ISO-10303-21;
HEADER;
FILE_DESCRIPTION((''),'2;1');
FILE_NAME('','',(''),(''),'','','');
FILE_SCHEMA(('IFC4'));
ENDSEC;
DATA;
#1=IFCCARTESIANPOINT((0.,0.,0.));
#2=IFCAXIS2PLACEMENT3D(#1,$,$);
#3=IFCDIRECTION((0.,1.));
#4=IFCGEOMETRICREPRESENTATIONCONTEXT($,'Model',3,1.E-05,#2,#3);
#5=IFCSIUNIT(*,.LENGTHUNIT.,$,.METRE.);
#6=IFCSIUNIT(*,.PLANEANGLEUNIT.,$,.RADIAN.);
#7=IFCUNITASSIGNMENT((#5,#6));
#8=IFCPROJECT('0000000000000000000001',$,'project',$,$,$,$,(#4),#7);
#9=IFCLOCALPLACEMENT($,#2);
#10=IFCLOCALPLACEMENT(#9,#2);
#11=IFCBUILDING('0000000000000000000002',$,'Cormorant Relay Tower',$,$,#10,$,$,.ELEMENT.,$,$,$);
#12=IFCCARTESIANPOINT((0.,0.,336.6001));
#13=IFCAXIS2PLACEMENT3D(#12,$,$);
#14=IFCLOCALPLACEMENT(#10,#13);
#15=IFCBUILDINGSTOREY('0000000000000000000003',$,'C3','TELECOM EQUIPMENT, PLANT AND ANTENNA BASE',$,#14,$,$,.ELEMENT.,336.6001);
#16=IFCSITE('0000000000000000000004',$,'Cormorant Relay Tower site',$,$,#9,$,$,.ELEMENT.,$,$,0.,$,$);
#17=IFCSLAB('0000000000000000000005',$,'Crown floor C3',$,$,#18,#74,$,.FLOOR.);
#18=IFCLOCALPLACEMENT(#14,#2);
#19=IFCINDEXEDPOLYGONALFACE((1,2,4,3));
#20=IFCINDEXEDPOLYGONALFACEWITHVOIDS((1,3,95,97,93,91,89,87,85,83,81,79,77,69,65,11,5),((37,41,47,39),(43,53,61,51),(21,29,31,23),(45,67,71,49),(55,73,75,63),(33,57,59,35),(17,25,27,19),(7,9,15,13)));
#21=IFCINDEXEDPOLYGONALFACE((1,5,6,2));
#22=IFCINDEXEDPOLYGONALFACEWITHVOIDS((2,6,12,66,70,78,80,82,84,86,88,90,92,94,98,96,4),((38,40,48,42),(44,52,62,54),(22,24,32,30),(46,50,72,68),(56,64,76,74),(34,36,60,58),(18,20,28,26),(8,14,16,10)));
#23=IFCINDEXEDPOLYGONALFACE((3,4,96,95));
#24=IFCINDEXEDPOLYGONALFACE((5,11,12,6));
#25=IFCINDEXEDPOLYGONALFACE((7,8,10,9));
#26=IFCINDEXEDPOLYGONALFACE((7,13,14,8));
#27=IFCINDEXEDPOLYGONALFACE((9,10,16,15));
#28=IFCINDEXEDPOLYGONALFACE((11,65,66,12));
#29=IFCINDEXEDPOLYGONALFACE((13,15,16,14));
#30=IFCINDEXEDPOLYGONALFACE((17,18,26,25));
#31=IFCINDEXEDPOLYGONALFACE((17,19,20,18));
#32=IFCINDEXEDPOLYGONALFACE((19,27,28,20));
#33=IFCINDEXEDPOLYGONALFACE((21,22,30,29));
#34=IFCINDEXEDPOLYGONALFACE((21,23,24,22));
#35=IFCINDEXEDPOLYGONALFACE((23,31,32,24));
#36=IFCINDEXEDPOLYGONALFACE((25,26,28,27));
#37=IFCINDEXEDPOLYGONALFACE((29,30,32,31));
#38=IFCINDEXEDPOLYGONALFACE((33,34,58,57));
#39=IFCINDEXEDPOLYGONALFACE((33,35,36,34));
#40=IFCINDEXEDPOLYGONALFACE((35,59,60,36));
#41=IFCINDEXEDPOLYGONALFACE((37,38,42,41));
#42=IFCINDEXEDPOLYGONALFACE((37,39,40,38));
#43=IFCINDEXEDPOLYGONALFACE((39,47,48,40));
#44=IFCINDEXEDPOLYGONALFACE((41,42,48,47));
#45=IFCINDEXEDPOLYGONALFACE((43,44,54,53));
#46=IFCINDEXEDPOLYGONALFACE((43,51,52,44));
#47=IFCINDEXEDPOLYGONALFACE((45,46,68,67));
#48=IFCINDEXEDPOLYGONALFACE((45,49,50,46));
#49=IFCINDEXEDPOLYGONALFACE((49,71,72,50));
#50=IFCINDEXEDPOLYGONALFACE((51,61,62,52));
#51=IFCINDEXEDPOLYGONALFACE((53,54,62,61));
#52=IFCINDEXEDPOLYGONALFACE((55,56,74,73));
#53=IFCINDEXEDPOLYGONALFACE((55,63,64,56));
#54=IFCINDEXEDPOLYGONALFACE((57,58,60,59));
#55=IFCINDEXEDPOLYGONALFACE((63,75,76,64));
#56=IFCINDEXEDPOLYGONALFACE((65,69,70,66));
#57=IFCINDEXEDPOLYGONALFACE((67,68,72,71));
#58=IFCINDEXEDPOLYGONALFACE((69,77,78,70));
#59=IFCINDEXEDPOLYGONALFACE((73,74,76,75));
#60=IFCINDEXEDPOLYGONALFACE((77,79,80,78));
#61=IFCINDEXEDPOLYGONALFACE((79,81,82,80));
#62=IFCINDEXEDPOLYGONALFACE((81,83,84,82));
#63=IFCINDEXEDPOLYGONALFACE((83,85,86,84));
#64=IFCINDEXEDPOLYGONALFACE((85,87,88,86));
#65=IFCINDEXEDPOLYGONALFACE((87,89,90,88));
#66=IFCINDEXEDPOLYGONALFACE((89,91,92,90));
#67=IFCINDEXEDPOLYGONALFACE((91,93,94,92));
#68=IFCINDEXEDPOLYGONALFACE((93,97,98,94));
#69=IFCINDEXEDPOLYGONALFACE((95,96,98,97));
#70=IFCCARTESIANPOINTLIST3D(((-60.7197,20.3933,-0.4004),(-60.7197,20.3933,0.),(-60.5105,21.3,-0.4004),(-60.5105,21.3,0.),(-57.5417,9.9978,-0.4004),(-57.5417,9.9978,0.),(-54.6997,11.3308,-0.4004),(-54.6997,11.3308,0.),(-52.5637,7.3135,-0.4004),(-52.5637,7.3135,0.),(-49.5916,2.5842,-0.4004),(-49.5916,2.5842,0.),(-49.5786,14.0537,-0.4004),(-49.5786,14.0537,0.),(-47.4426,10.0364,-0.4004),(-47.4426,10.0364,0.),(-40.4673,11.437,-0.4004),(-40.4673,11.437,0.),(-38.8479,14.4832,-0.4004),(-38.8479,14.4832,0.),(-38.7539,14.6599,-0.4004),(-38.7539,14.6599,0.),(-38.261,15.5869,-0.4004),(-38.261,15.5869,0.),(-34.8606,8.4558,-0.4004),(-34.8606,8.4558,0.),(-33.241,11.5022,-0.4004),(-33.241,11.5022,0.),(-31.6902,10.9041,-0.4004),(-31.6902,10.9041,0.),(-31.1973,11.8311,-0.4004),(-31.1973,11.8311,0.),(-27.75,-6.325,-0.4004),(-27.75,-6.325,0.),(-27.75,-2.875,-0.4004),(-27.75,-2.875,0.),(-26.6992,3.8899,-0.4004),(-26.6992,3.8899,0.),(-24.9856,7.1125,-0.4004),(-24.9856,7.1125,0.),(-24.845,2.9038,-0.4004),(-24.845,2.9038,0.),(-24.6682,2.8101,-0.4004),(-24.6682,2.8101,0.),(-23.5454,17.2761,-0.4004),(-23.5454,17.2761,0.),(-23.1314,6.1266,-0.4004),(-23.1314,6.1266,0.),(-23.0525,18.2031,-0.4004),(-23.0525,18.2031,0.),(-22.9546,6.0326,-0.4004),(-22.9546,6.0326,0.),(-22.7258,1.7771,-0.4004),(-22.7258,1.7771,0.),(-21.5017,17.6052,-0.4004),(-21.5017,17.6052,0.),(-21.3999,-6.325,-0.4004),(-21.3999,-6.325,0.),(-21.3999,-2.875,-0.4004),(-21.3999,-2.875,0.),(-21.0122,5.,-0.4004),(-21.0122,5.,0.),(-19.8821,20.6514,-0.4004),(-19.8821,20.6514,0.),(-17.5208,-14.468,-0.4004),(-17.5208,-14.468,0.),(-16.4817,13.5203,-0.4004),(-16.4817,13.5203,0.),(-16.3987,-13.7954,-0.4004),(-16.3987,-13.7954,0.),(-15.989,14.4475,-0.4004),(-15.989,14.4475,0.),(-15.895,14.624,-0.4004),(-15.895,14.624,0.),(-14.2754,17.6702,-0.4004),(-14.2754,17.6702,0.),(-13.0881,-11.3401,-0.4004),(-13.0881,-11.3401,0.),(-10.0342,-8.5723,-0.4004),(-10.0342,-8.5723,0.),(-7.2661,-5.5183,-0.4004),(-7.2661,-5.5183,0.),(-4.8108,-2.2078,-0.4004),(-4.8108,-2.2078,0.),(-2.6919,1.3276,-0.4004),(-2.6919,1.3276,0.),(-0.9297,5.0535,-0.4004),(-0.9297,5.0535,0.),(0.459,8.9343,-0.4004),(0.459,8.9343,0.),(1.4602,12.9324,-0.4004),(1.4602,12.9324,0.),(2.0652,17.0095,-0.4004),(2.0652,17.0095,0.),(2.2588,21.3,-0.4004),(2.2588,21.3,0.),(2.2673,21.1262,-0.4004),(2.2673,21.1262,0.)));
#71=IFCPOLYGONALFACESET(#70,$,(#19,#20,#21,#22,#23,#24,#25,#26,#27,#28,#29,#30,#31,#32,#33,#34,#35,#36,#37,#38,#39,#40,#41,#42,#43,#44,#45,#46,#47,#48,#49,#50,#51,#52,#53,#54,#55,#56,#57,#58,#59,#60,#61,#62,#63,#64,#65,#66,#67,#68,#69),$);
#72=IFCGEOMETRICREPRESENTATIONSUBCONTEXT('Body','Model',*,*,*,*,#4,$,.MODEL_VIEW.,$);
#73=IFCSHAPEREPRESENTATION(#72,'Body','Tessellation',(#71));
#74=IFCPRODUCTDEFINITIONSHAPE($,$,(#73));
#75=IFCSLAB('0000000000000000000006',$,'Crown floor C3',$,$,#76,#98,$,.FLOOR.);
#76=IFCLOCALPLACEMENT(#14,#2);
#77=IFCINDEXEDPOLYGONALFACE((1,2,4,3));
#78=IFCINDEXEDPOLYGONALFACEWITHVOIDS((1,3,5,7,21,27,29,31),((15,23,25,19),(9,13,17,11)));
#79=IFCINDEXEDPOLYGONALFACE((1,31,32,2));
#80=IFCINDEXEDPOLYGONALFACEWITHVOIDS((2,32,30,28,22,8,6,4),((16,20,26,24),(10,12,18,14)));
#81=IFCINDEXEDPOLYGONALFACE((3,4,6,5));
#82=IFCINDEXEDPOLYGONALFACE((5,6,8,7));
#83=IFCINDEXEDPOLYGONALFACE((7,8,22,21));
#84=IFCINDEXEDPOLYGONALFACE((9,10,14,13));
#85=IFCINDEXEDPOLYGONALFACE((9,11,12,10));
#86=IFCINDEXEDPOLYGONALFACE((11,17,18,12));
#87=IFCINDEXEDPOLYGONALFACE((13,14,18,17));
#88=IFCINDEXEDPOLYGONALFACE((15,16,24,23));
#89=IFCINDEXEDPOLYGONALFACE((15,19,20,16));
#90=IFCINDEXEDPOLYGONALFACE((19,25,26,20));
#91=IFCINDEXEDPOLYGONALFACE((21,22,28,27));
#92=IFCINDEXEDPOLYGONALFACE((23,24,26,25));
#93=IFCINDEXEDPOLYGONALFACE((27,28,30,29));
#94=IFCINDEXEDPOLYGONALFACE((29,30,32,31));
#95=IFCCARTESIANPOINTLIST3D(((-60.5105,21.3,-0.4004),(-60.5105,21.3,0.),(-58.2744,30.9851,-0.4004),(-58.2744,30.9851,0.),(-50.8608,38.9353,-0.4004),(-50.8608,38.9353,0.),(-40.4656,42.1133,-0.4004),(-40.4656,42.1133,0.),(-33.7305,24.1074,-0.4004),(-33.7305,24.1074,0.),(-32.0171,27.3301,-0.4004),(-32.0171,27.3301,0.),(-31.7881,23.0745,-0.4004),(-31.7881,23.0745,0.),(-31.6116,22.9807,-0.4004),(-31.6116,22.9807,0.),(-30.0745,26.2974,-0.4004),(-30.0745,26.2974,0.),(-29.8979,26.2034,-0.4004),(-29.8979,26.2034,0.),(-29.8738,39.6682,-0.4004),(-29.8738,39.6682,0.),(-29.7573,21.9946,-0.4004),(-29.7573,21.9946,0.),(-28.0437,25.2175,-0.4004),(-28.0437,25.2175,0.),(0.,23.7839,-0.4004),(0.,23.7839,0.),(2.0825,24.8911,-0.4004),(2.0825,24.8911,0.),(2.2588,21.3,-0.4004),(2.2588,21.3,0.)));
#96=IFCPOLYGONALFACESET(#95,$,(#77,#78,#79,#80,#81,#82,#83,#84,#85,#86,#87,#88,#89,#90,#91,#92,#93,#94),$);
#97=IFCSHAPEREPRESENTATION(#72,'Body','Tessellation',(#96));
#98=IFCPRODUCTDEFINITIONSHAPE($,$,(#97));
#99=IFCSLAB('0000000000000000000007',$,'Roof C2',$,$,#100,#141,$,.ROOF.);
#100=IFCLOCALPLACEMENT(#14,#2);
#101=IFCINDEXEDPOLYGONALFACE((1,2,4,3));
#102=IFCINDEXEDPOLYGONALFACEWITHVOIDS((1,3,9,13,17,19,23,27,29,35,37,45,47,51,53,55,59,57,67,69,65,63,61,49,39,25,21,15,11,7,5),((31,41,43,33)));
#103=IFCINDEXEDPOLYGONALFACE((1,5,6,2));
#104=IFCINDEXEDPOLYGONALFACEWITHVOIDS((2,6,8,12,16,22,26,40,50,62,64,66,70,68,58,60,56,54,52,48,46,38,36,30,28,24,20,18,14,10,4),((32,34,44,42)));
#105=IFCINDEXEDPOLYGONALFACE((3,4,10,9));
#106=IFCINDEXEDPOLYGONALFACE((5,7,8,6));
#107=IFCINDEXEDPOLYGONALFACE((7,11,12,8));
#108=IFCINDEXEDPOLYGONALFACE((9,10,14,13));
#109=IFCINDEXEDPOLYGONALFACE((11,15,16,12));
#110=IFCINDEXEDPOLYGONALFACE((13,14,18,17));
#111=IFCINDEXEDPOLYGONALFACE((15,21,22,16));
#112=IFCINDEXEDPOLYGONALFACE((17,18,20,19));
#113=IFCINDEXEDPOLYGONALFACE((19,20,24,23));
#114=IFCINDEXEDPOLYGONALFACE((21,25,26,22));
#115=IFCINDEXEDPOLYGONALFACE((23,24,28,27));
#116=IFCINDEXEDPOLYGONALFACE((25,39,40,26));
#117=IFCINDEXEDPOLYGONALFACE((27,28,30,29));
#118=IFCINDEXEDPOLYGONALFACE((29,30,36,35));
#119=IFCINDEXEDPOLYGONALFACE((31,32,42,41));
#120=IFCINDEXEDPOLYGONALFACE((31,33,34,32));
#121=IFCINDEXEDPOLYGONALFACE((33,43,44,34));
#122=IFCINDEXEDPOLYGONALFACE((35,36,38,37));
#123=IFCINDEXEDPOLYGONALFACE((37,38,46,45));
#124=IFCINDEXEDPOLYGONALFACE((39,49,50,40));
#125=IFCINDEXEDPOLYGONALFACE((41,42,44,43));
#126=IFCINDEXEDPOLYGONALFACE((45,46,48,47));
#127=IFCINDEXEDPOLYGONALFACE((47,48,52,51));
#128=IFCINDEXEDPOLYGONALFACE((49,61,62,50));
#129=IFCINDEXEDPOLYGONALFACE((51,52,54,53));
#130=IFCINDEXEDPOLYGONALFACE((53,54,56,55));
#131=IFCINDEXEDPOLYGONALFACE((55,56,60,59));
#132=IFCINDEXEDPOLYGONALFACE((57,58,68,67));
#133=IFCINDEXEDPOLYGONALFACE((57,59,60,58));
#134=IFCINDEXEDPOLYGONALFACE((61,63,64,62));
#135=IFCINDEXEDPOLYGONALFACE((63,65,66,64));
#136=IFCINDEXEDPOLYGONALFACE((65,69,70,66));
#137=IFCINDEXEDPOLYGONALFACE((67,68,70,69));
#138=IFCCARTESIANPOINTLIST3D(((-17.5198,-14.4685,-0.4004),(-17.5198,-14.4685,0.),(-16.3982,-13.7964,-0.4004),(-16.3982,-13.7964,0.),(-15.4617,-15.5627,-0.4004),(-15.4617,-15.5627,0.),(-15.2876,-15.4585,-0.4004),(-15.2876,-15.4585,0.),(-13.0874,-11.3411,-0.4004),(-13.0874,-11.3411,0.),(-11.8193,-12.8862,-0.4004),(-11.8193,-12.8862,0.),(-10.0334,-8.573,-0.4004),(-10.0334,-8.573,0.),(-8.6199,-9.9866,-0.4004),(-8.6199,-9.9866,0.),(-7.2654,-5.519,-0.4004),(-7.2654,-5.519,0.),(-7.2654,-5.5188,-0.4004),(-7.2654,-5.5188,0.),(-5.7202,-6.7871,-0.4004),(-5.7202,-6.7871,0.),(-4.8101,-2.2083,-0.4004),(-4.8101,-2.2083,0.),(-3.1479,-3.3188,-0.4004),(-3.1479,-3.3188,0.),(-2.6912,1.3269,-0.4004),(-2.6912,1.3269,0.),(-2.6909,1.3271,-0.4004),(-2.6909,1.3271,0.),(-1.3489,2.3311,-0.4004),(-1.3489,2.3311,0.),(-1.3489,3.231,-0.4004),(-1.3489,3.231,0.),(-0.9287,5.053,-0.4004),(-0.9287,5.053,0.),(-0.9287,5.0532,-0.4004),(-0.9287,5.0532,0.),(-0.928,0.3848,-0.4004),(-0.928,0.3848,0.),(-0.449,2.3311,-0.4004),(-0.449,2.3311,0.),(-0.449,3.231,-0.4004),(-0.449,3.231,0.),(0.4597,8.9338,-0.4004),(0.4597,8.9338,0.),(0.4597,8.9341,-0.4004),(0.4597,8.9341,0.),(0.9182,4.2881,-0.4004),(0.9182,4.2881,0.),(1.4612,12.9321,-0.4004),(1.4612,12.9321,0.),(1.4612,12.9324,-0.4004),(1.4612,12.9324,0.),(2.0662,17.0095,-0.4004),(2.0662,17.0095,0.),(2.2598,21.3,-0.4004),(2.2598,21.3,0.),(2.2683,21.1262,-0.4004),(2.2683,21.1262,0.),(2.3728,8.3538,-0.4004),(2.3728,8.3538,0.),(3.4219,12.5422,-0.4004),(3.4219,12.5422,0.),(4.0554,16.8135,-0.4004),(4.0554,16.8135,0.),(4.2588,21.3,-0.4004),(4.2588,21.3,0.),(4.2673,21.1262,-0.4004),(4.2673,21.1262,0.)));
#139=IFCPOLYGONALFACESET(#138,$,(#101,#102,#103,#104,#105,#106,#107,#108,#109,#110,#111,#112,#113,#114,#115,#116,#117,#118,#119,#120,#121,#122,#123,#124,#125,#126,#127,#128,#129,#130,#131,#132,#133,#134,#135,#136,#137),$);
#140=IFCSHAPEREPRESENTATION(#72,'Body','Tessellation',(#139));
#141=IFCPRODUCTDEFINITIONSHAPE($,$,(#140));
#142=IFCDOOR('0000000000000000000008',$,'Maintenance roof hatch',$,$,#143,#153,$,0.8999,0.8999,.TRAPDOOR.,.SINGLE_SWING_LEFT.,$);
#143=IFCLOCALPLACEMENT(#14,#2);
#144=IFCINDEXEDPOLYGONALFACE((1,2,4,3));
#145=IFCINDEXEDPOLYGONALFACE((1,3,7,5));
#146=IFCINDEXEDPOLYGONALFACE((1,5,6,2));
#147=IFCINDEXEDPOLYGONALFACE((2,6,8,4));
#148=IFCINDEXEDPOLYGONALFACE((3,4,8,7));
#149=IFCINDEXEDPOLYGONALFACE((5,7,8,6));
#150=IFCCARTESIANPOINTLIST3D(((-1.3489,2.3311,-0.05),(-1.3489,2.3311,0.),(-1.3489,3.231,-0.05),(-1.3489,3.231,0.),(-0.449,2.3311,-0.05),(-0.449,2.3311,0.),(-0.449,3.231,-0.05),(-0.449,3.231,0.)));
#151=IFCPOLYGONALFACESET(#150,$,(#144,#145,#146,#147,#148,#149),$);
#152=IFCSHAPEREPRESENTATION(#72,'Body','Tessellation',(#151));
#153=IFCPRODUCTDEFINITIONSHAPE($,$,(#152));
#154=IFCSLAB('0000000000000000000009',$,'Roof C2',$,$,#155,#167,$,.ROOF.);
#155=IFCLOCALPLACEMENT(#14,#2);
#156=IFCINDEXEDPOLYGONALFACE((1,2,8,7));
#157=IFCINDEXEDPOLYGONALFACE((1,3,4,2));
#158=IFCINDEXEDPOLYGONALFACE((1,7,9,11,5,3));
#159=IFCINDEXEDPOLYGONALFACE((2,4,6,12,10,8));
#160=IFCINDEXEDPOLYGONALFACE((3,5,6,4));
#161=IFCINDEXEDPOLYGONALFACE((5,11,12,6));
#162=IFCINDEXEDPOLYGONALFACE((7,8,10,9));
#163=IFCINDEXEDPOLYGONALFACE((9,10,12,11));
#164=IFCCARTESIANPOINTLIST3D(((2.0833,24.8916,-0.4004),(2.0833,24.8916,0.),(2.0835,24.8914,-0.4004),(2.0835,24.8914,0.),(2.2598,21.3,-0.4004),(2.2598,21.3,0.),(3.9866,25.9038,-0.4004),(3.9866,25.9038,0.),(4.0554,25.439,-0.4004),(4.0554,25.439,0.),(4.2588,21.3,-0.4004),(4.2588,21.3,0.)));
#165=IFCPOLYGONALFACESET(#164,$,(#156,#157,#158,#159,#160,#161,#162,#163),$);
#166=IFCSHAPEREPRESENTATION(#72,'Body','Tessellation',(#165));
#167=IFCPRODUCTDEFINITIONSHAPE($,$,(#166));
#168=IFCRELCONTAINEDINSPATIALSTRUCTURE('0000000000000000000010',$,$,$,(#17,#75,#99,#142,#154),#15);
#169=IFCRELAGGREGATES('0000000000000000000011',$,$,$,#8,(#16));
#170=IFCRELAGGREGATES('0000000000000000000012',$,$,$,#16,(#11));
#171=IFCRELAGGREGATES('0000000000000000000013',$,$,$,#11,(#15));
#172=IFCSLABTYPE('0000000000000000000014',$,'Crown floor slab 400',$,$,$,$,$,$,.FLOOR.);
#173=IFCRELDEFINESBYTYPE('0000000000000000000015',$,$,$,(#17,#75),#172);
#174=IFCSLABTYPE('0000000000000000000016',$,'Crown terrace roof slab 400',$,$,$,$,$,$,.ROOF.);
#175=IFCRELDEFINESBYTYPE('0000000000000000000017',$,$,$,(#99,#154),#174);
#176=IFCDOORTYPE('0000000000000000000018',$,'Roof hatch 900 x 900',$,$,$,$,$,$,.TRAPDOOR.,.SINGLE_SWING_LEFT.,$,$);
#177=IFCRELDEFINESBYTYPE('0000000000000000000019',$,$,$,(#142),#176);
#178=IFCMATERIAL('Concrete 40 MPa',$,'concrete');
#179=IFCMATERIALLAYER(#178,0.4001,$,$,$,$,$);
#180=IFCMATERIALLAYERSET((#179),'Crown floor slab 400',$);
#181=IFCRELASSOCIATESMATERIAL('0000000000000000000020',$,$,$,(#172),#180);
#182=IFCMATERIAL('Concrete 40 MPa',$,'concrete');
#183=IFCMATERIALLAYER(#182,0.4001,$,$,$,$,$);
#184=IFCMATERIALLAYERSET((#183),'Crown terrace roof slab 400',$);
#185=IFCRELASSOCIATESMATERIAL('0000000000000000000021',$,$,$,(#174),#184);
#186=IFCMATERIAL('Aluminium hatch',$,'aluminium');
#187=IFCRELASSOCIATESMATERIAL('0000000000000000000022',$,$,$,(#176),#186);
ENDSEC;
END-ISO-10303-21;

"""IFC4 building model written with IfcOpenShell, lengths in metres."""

from ifc_helpers import new_model, si_unit, direction, frame, origin, origin_2d, place, context, subcontext, project, spatial, polyline, rectangle, outline, extrude, material, layer, layer_set, type_object, element, fill, save


model = new_model("IFC4")

# Units and contexts
model_context = context("Model", 3, precision=1e-05, world=origin(), true_north=direction((0.0, 1.0)))
body_context = subcontext(model_context, "Body", "Model", "MODEL_VIEW")
ifc_project = project(units=[si_unit("LENGTHUNIT", "METRE"), si_unit("PLANEANGLEUNIT", "RADIAN")], contexts=[model_context])

# Site, building, storey
site_placement = place(None, origin())
site = spatial("IfcSite", under=ifc_project, at=site_placement, Name="Cormorant Relay Tower site", CompositionType="ELEMENT", RefElevation=0.0)
building_placement = place(site_placement, origin())
building = spatial("IfcBuilding", under=site, at=building_placement, Name="Cormorant Relay Tower", CompositionType="ELEMENT")
storey_placement = place(building_placement, frame((0.0, 0.0, 336.6001)))
storey = spatial("IfcBuildingStorey", under=building, at=storey_placement, Name="C3", Description="TELECOM EQUIPMENT, PLANT AND ANTENNA BASE", CompositionType="ELEMENT", Elevation=336.6001)

# Slabs
ifc_material_1 = material(Name="Concrete 40 MPa", Category="concrete")
ifc_layer_1 = layer(ifc_material_1, 0.4001)
ifc_layer_set_1 = layer_set([ifc_layer_1], Name="Crown floor slab 400")
slab_type_1 = type_object("IfcSlabType", Name="Crown floor slab 400", PredefinedType="FLOOR", material=ifc_layer_set_1)
slab_1_placement = place(storey_placement, frame((0.0, 0.0, -0.4004)))
element("IfcSlab", 1, at=slab_1_placement, inside=storey, type_object=slab_type_1, Name="Crown floor C3", PredefinedType="FLOOR", context=body_context, shape_type="SweptSolid", body=[
    extrude(outline(polyline([(-17.5208, -14.468), (-16.3987, -13.7954), (-13.0881, -11.3401), (-10.0342, -8.5723), (-7.2661, -5.5183), (-4.8108, -2.2078), (-2.6919, 1.3276), (-0.9297, 5.0535), (0.459, 8.9343), (1.4602, 12.9324), (2.0652, 17.0095), (2.2673, 21.1262), (2.2588, 21.3), (-60.5105, 21.3), (-60.7197, 20.3933), (-57.5417, 9.9978), (-49.5916, 2.5842), (-17.5208, -14.468)]), holes=[polyline([(-21.3999, -2.875), (-27.75, -2.875), (-27.75, -6.325), (-21.3999, -6.325), (-21.3999, -2.875)]), polyline([(-22.9546, 6.0327), (-24.6682, 2.8101), (-22.7258, 1.7771), (-21.0122, 5.0), (-23.043, 6.0796), (-22.9546, 6.0327)]), polyline([(-24.9856, 7.1125), (-26.6992, 3.8899), (-24.845, 2.9038), (-23.1313, 6.1267), (-23.043, 6.0796), (-24.9856, 7.1125)]), polyline([(-54.6997, 11.3308), (-52.5637, 7.3135), (-47.4426, 10.0364), (-49.5786, 14.0537), (-54.6997, 11.3308)]), polyline([(-38.8479, 14.4832), (-40.4673, 11.437), (-34.8606, 8.4558), (-33.241, 11.5022), (-38.8479, 14.4832)]), polyline([(-31.6902, 10.9041), (-31.1973, 11.8311), (-38.261, 15.5869), (-38.7539, 14.6599), (-31.6902, 10.9041)]), polyline([(-23.0525, 18.2031), (-23.5454, 17.2761), (-16.4817, 13.5203), (-15.989, 14.4475), (-23.0525, 18.2031)]), polyline([(-14.2754, 17.6702), (-19.8821, 20.6514), (-21.5017, 17.6052), (-15.895, 14.624), (-14.2754, 17.6702)])]), origin(), (0.0, 0.0, 1.0), 0.4004),
])
slab_2_placement = place(storey_placement, frame((0.0, 0.0, -0.4004)))
element("IfcSlab", 2, at=slab_2_placement, inside=storey, type_object=slab_type_1, Name="Crown floor C3", PredefinedType="FLOOR", context=body_context, shape_type="SweptSolid", body=[
    extrude(outline(polyline([(-60.5105, 21.3), (2.2588, 21.3), (2.0825, 24.8911), (0.0, 23.7839), (-29.8738, 39.6682), (-40.4656, 42.1133), (-50.8608, 38.9353), (-58.2744, 30.9851), (-60.5105, 21.3)]), holes=[polyline([(-29.7573, 21.9946), (-28.0437, 25.2175), (-29.8979, 26.2034), (-31.6116, 22.9807), (-29.7573, 21.9946)]), polyline([(-33.7305, 24.1074), (-31.7881, 23.0745), (-30.0745, 26.2974), (-32.0171, 27.3301), (-33.7305, 24.1074)])]), origin(), (0.0, 0.0, 1.0), 0.4004),
])

# Slab, opening, door
ifc_material_2 = material(Name="Concrete 40 MPa", Category="concrete")
ifc_layer_2 = layer(ifc_material_2, 0.4001)
ifc_layer_set_2 = layer_set([ifc_layer_2], Name="Crown terrace roof slab 400")
slab_type_2 = type_object("IfcSlabType", Name="Crown terrace roof slab 400", PredefinedType="ROOF", material=ifc_layer_set_2)
slab_3_placement = place(storey_placement, frame((0.0, 0.0, -0.4004)))
slab_3 = element("IfcSlab", 3, at=slab_3_placement, inside=storey, type_object=slab_type_2, Name="Roof C2", PredefinedType="ROOF", context=body_context, shape_type="SweptSolid", body=[
    extrude(outline(polyline([(-15.4617, -15.5627), (-15.2876, -15.4585), (-11.8193, -12.8862), (-8.6199, -9.9866), (-5.7202, -6.7871), (-3.1479, -3.3188), (-0.928, 0.3848), (0.9182, 4.2881), (2.3728, 8.3538), (3.4219, 12.5422), (4.0554, 16.8135), (4.2673, 21.1262), (4.2588, 21.3), (2.2598, 21.3), (2.2683, 21.1262), (2.2683, 21.1262), (2.0662, 17.0095), (2.0662, 17.0095), (1.4612, 12.9324), (1.4612, 12.9321), (0.4597, 8.9341), (0.4597, 8.9338), (-0.9287, 5.0532), (-0.9287, 5.053), (-2.6909, 1.3271), (-2.6912, 1.3269), (-4.8101, -2.2083), (-4.8101, -2.2083), (-7.2654, -5.5188), (-7.2654, -5.519), (-10.0334, -8.573), (-10.0334, -8.573), (-13.0874, -11.3411), (-13.0874, -11.3411), (-16.3982, -13.7964), (-16.3982, -13.7964), (-17.5198, -14.4685), (-15.4617, -15.5627)])), origin(), (0.0, 0.0, 1.0), 0.4004),
])
opening_placement = place(slab_3_placement, frame((-0.8989, 2.781, 0.0)))
opening = element("IfcOpeningElement", 4, at=opening_placement, cuts=slab_3, PredefinedType="OPENING", context=body_context, shape_type="SweptSolid", body=[
    extrude(rectangle(XDim=0.8999, YDim=0.8999, at=origin_2d()), origin(), (0.0, 0.0, 1.0), 0.4004),
])
ifc_material_3 = material(Name="Aluminium hatch", Category="aluminium")
door_type = type_object("IfcDoorType", Name="Roof hatch 900 x 900", OperationType="SINGLE_SWING_LEFT", PredefinedType="TRAPDOOR", material=ifc_material_3)
door_placement = place(opening_placement, frame((0.0, 0.0, 0.3503)))
door = element("IfcDoor", 5, at=door_placement, inside=storey, type_object=door_type, Name="Maintenance roof hatch", OperationType="SINGLE_SWING_LEFT", OverallHeight=0.8999, OverallWidth=0.8999, PredefinedType="TRAPDOOR", context=body_context, shape_type="SweptSolid", body=[
    extrude(rectangle(XDim=0.8999, YDim=0.8999, at=origin_2d()), origin(), (0.0, 0.0, 1.0), 0.05),
])
fill(opening, door)

# Slab
slab_4_placement = place(storey_placement, frame((0.0, 0.0, -0.4004)))
element("IfcSlab", 6, at=slab_4_placement, inside=storey, type_object=slab_type_2, Name="Roof C2", PredefinedType="ROOF", context=body_context, shape_type="SweptSolid", body=[
    extrude(outline(polyline([(2.2598, 21.3), (4.2588, 21.3), (4.0554, 25.439), (3.9866, 25.9038), (2.0833, 24.8916), (2.0833, 24.8916), (2.0833, 24.8916), (2.0835, 24.8914), (2.0835, 24.8914), (2.0835, 24.8914), (2.2598, 21.3)])), origin(), (0.0, 0.0, 1.0), 0.4004),
])

save(model, "model.ifc")
